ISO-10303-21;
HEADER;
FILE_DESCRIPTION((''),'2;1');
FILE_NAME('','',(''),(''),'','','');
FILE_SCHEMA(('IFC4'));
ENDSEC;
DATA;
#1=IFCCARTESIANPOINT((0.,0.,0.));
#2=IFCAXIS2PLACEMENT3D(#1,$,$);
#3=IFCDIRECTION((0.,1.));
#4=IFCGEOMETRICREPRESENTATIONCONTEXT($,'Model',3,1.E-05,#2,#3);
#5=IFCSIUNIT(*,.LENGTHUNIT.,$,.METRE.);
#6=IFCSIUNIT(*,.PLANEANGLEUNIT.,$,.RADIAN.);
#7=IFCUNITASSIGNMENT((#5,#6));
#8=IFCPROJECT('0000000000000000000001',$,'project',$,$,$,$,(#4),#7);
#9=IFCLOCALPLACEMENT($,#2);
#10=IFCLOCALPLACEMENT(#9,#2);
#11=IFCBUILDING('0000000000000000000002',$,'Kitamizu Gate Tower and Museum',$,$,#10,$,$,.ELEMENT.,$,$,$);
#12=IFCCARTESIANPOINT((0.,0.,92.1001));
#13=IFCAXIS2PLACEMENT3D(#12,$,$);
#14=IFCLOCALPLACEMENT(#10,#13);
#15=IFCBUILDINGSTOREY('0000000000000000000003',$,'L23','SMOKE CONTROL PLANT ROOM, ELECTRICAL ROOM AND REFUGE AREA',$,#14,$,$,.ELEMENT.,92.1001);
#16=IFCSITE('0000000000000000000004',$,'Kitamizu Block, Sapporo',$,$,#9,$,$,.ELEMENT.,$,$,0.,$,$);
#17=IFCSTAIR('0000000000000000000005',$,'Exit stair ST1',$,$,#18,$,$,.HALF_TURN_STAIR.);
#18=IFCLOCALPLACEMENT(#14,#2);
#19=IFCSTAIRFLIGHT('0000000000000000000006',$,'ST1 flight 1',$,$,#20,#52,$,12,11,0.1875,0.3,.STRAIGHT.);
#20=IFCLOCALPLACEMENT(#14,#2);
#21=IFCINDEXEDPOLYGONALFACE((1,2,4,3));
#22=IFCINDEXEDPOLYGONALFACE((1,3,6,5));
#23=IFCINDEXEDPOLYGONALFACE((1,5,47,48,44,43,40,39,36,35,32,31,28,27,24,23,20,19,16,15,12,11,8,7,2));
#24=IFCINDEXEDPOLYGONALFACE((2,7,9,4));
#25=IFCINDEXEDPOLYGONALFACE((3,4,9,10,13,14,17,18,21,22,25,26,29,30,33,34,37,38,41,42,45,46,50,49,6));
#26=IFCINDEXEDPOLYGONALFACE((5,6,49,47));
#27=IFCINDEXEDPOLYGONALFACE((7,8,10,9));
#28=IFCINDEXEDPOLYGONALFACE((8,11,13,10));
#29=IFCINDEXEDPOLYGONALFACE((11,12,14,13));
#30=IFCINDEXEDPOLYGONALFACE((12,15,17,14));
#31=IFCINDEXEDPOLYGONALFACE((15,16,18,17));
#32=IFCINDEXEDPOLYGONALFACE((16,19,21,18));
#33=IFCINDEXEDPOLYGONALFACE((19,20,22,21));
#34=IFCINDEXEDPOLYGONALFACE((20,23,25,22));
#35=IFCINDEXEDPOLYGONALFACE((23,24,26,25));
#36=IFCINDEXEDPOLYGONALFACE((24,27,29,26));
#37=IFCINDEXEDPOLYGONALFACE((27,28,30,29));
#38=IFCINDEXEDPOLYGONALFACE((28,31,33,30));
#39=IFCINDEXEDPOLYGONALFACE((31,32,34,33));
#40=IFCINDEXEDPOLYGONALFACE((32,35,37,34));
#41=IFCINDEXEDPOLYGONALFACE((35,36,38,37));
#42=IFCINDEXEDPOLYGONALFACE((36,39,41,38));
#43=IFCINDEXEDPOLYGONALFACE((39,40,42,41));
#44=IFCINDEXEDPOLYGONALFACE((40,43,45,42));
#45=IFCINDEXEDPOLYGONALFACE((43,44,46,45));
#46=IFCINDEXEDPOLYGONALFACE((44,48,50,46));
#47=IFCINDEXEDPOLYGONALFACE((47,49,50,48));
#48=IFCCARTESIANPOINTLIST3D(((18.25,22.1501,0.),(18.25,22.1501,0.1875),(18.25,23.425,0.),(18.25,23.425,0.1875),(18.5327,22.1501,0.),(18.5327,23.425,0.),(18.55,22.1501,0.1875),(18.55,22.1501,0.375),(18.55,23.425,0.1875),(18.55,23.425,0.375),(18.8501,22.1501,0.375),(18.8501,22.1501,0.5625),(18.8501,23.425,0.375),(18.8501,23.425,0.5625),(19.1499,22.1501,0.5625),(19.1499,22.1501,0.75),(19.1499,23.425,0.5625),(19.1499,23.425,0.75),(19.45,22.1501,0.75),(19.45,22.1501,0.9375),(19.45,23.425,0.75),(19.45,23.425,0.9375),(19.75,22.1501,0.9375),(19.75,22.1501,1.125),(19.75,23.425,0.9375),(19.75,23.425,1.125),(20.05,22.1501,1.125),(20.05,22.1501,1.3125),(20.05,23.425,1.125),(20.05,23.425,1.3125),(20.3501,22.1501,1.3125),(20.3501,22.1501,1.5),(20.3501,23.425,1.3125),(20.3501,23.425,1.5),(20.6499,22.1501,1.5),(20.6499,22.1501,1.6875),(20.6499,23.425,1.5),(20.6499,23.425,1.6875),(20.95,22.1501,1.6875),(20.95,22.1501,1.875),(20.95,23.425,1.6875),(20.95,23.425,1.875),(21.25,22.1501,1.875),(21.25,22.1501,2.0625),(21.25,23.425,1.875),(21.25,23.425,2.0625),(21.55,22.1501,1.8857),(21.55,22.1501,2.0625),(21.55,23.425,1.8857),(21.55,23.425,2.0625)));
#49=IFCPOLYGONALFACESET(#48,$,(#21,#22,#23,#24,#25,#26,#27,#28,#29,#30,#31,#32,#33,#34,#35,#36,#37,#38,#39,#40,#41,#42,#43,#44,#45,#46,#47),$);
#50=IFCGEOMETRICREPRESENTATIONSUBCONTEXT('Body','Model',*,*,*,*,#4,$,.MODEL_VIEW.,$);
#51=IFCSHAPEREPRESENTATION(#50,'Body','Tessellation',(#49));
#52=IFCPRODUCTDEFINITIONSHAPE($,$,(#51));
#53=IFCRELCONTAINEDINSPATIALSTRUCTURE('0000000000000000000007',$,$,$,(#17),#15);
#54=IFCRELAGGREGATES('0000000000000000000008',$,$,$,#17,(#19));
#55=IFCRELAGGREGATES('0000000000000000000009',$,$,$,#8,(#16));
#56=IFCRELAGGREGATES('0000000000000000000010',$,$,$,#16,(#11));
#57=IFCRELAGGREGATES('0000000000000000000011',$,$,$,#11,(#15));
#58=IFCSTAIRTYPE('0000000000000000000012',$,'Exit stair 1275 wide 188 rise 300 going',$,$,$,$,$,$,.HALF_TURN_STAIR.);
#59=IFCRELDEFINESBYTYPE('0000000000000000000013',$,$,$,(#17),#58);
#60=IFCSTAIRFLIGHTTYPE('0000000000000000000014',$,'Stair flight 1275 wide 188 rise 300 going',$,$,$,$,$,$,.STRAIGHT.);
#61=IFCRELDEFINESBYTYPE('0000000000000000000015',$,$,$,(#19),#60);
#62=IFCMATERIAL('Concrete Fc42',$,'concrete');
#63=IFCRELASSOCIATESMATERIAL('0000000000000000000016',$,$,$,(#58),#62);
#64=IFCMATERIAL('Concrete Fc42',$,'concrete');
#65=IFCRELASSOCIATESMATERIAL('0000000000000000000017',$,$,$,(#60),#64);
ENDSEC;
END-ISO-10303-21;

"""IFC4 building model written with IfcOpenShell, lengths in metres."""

from ifc_helpers import new_model, si_unit, direction, frame, origin, place, context, subcontext, project, spatial, polyline, outline, extrude, material, type_object, element, aggregate, save


model = new_model("IFC4")

# Units and contexts
model_context = context("Model", 3, precision=1e-05, world=origin(), true_north=direction((0.0, 1.0)))
body_context = subcontext(model_context, "Body", "Model", "MODEL_VIEW")
ifc_project = project(units=[si_unit("LENGTHUNIT", "METRE"), si_unit("PLANEANGLEUNIT", "RADIAN")], contexts=[model_context])

# Site, building, storey
site_placement = place(None, origin())
site = spatial("IfcSite", under=ifc_project, at=site_placement, Name="Kitamizu Block, Sapporo", CompositionType="ELEMENT", RefElevation=0.0)
building_placement = place(site_placement, origin())
building = spatial("IfcBuilding", under=site, at=building_placement, Name="Kitamizu Gate Tower and Museum", CompositionType="ELEMENT")
storey_placement = place(building_placement, frame((0.0, 0.0, 92.1001)))
storey = spatial("IfcBuildingStorey", under=building, at=storey_placement, Name="L23", Description="SMOKE CONTROL PLANT ROOM, ELECTRICAL ROOM AND REFUGE AREA", CompositionType="ELEMENT", Elevation=92.1001)

# Stair, stair flight
ifc_material_1 = material(Name="Concrete Fc42", Category="concrete")
stair_type = type_object("IfcStairType", Name="Exit stair 1275 wide 188 rise 300 going", PredefinedType="HALF_TURN_STAIR", material=ifc_material_1)
stair_placement = place(storey_placement, origin())
stair = element("IfcStair", 1, at=stair_placement, inside=storey, type_object=stair_type, Name="Exit stair ST1", PredefinedType="HALF_TURN_STAIR")
ifc_material_2 = material(Name="Concrete Fc42", Category="concrete")
stair_flight_type = type_object("IfcStairFlightType", Name="Stair flight 1275 wide 188 rise 300 going", PredefinedType="STRAIGHT", material=ifc_material_2)
stair_flight_placement = place(storey_placement, frame((18.25, 22.7876, 0.0), z_axis=(0.0, 0.0, 1.0), x_axis=(1.0, 0.0, 0.0)))
stair_flight = element("IfcStairFlight", 2, at=stair_flight_placement, type_object=stair_flight_type, Name="ST1 flight 1", NumberOfRisers=12, NumberOfTreads=11, PredefinedType="STRAIGHT", RiserHeight=0.1875, TreadLength=0.3, context=body_context, shape_type="SweptSolid", body=[
    extrude(outline(polyline([(0.0, 0.0), (0.0, 0.1875), (0.3, 0.1875), (0.3, 0.375), (0.6001, 0.375), (0.6001, 0.5625), (0.8999, 0.5625), (0.8999, 0.75), (1.2, 0.75), (1.2, 0.9375), (1.5, 0.9375), (1.5, 1.125), (1.8, 1.125), (1.8, 1.3125), (2.1001, 1.3125), (2.1001, 1.5), (2.3999, 1.5), (2.3999, 1.6875), (2.7, 1.6875), (2.7, 1.875), (3.0, 1.875), (3.0, 2.0625), (3.3, 2.0625), (3.3, 2.25), (3.3, 1.8857), (0.2827, 0.0), (0.0, 0.0)])), frame((0.0, 0.6375, 0.0), z_axis=(0.0, -1.0, 0.0), x_axis=(1.0, 0.0, 0.0)), (0.0, 0.0, 1.0), 1.2749),
])
aggregate(stair, [stair_flight])

save(model, "model.ifc")
